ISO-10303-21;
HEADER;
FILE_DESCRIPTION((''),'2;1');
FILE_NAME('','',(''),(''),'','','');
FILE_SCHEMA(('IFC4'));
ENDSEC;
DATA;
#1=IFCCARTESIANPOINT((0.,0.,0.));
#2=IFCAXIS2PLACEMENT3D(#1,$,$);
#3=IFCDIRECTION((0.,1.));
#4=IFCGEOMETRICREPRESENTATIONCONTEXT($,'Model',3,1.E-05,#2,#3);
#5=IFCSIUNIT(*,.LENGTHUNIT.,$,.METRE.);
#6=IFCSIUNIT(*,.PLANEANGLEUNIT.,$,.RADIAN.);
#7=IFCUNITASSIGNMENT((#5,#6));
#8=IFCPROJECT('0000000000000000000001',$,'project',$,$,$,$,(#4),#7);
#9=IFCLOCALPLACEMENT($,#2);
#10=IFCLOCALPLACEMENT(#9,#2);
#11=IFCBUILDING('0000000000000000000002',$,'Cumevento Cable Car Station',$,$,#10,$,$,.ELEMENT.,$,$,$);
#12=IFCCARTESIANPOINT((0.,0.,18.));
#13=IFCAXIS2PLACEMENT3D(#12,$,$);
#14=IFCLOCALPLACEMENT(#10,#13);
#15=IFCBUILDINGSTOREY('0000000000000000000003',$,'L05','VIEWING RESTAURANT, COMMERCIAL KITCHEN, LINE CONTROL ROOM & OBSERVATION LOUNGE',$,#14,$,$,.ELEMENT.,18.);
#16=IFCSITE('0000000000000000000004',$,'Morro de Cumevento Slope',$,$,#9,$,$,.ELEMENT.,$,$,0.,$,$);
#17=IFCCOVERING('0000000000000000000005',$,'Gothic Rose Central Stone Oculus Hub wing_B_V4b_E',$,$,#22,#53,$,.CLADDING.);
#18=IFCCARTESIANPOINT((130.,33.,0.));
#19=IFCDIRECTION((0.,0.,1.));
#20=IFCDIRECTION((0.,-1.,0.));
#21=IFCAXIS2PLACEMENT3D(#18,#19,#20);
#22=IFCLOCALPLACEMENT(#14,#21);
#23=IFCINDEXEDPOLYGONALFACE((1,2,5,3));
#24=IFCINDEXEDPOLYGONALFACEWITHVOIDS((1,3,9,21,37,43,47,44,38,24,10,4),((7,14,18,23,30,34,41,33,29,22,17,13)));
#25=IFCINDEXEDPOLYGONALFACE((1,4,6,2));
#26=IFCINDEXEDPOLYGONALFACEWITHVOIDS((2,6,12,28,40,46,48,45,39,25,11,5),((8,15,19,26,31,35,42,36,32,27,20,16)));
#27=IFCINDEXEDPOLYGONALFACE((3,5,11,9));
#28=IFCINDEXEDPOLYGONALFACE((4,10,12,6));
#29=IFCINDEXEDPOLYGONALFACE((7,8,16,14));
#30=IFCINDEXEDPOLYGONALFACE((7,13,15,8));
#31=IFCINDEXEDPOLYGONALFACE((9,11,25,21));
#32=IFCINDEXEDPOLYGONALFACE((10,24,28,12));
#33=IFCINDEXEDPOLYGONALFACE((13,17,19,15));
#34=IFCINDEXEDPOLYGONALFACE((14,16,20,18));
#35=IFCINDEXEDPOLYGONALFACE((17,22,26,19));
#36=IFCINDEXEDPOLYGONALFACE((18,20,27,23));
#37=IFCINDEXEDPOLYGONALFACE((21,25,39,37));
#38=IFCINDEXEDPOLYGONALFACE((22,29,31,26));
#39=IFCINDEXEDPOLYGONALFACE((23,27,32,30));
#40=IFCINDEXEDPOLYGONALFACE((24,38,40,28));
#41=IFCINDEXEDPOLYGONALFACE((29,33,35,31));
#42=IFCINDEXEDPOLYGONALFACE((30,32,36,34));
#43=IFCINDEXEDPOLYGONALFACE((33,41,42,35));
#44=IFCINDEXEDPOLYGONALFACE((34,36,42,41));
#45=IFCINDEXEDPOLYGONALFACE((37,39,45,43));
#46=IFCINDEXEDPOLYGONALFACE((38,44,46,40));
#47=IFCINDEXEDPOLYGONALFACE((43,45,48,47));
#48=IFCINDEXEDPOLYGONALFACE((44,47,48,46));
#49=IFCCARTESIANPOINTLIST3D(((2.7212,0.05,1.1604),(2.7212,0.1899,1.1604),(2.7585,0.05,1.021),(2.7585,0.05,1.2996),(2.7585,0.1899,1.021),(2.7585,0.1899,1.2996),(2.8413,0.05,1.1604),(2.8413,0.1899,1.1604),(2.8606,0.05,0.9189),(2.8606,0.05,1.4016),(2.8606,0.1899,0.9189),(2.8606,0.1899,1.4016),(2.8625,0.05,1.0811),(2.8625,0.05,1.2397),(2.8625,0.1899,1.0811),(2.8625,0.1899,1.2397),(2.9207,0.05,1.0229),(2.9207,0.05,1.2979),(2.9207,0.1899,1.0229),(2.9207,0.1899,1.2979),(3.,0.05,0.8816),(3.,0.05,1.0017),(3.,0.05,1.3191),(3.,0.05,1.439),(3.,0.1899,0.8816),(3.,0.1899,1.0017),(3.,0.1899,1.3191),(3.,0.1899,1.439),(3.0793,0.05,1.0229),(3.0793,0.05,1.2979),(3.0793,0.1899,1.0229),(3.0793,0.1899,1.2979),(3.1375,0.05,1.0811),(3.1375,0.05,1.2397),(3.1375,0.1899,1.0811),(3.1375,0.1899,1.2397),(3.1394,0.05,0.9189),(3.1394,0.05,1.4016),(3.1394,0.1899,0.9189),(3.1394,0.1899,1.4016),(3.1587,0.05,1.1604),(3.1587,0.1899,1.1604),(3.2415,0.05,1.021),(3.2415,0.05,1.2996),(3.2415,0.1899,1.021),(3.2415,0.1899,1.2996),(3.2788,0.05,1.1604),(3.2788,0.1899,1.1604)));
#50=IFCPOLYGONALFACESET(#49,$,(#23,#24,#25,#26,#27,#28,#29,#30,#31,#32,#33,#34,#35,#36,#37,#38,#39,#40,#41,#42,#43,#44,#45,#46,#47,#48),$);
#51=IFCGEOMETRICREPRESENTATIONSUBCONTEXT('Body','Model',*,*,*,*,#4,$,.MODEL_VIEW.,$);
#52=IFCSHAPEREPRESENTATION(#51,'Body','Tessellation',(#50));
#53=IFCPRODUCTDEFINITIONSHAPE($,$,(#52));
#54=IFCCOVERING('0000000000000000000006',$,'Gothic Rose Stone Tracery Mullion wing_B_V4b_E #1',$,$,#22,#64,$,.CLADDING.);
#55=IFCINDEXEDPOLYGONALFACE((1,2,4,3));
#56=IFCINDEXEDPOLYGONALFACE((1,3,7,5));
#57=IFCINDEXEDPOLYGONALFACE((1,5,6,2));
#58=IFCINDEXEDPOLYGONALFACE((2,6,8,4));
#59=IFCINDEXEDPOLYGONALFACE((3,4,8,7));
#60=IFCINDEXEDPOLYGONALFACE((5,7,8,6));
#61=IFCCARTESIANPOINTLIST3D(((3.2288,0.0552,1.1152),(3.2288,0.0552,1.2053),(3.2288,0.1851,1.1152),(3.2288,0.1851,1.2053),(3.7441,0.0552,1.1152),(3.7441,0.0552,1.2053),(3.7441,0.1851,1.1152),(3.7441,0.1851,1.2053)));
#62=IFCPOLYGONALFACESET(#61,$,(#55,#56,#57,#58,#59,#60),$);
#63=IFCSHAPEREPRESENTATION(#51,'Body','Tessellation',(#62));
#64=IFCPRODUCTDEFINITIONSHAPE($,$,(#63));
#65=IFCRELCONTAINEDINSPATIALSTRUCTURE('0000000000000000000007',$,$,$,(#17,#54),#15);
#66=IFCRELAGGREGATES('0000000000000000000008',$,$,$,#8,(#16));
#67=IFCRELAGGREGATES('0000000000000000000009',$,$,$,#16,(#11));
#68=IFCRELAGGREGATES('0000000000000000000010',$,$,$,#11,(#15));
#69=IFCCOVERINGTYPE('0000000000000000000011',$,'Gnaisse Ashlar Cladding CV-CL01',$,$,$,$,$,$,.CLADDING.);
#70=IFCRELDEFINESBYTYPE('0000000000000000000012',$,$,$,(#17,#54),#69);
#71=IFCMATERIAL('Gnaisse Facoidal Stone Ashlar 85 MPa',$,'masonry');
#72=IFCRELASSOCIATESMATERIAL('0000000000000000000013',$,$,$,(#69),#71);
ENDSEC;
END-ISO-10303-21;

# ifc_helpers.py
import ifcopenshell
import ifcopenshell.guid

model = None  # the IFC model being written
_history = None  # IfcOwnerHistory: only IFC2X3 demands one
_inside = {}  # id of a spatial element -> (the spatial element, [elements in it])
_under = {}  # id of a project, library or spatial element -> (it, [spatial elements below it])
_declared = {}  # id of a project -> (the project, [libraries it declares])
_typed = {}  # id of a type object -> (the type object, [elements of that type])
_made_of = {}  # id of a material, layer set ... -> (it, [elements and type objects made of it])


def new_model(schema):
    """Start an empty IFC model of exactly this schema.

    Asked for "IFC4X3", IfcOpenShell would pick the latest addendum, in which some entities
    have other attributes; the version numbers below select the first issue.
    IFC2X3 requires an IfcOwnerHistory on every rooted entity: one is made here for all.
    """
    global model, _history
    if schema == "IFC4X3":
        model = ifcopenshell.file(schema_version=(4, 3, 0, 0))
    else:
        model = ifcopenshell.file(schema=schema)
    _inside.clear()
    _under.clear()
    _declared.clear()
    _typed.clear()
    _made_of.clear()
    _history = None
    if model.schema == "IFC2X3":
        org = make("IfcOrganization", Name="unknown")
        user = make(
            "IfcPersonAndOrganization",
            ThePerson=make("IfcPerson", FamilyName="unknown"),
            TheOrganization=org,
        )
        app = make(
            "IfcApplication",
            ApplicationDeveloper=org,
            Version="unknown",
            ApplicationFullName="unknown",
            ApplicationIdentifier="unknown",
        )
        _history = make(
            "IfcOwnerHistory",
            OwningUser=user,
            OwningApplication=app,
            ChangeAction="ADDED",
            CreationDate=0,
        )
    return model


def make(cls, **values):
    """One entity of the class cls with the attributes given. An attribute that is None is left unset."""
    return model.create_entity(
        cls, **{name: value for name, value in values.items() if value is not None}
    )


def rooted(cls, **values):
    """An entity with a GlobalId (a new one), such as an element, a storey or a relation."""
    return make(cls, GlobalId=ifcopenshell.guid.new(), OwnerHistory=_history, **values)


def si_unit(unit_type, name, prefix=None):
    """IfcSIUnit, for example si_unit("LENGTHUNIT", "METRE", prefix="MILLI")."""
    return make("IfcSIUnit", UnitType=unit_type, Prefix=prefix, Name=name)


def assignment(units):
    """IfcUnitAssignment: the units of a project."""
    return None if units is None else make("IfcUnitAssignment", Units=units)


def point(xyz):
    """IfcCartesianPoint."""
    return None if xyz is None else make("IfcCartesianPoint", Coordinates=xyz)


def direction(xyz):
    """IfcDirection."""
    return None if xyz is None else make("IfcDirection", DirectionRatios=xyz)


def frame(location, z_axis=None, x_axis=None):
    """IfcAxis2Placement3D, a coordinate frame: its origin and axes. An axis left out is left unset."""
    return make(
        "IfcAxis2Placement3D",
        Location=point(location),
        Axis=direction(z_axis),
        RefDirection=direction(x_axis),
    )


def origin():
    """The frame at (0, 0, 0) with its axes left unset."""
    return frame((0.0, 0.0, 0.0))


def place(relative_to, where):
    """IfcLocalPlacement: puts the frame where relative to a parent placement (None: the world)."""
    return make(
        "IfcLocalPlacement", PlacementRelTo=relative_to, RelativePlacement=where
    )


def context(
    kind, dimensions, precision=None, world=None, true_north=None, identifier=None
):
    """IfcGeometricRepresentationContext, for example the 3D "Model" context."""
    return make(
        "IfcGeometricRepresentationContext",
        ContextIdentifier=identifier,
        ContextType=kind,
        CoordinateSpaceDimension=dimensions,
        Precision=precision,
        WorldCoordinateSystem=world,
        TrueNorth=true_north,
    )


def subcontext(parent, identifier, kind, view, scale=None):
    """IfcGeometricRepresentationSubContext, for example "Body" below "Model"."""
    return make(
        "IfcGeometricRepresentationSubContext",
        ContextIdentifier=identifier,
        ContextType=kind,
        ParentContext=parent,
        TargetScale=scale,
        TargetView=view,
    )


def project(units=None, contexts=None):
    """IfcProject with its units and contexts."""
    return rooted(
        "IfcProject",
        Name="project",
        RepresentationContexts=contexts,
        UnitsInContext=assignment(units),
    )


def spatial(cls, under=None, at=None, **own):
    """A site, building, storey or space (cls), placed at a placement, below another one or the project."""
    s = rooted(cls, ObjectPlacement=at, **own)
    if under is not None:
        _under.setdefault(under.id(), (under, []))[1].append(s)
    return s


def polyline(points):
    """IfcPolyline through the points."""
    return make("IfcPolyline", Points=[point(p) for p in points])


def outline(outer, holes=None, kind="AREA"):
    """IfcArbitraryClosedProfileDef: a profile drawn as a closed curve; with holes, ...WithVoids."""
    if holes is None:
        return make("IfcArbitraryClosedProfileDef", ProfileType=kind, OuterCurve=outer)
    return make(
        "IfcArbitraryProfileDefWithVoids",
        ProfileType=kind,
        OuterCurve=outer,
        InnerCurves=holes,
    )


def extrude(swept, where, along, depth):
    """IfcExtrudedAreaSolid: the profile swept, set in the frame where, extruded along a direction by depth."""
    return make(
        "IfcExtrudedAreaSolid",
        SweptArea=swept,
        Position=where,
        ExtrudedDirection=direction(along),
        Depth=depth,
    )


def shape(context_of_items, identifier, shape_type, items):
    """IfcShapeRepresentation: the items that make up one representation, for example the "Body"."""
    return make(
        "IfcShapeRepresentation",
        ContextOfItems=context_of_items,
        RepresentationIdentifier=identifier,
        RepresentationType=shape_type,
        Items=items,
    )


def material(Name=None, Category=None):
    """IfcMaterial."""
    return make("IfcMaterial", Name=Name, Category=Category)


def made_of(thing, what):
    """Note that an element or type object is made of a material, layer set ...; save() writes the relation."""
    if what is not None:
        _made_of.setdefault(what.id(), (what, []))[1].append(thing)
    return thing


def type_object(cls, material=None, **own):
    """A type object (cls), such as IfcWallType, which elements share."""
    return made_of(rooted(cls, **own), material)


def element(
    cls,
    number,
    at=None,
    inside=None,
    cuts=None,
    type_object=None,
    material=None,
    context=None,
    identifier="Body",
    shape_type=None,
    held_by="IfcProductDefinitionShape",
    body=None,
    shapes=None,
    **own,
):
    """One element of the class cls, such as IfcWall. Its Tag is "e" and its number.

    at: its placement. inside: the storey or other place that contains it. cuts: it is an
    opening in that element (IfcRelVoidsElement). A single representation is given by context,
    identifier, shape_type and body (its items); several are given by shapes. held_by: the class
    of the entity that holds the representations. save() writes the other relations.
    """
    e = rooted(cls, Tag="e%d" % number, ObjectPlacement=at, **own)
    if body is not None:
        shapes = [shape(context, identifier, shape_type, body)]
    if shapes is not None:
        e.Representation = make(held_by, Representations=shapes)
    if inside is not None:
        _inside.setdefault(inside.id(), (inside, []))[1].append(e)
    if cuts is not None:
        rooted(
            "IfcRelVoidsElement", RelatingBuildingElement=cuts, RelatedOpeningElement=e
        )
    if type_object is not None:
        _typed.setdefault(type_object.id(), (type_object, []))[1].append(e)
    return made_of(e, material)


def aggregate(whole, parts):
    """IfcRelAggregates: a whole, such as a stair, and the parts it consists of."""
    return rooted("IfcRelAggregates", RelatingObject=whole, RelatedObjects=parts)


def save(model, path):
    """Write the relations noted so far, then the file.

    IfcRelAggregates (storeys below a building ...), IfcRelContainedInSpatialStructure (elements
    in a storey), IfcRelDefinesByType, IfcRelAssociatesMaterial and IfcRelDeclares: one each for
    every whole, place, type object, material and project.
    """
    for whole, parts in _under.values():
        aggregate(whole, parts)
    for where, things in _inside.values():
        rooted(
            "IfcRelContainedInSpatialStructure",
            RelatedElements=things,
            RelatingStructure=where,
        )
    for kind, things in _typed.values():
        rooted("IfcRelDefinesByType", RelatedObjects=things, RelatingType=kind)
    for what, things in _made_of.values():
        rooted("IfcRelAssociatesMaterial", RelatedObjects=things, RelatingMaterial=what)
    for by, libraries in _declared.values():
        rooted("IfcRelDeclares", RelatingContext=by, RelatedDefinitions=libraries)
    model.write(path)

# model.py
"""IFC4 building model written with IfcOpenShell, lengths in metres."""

from ifc_helpers import new_model, si_unit, direction, frame, origin, place, context, subcontext, project, spatial, polyline, outline, extrude, material, type_object, element, save


model = new_model("IFC4")

# Units and contexts
model_context = context("Model", 3, precision=1e-05, world=origin(), true_north=direction((0.0, 1.0)))
body_context = subcontext(model_context, "Body", "Model", "MODEL_VIEW")
ifc_project = project(units=[si_unit("LENGTHUNIT", "METRE"), si_unit("PLANEANGLEUNIT", "RADIAN")], contexts=[model_context])

# Site, building, storey
site_placement = place(None, origin())
site = spatial("IfcSite", under=ifc_project, at=site_placement, Name="Morro de Cumevento Slope", CompositionType="ELEMENT", RefElevation=0.0)
building_placement = place(site_placement, origin())
building = spatial("IfcBuilding", under=site, at=building_placement, Name="Cumevento Cable Car Station", CompositionType="ELEMENT")
storey_placement = place(building_placement, frame((0.0, 0.0, 18.0)))
storey = spatial("IfcBuildingStorey", under=building, at=storey_placement, Name="L05", Description="VIEWING RESTAURANT, COMMERCIAL KITCHEN, LINE CONTROL ROOM & OBSERVATION LOUNGE", CompositionType="ELEMENT", Elevation=18.0)

# Coverings
ifc_material_1 = material(Name="Gnaisse Facoidal Stone Ashlar 85 MPa", Category="masonry")
covering_type_1 = type_object("IfcCoveringType", Name="Gnaisse Ashlar Cladding CV-CL01", PredefinedType="CLADDING", material=ifc_material_1)
placement_1 = place(storey_placement, frame((130.0, 33.0, 0.0), z_axis=(0.0, 0.0, 1.0), x_axis=(0.0, -1.0, 0.0)))
element("IfcCovering", 1, at=placement_1, inside=storey, type_object=covering_type_1, Name="Gothic Rose Central Stone Oculus Hub wing_B_V4b_E", PredefinedType="CLADDING", context=body_context, shape_type="SweptSolid", body=[
    extrude(outline(polyline([(3.2788, 1.1604), (3.2415, 1.2996), (3.1394, 1.4016), (3.0, 1.439), (2.8606, 1.4016), (2.7585, 1.2996), (2.7212, 1.1604), (2.7585, 1.021), (2.8606, 0.9189), (3.0, 0.8816), (3.1394, 0.9189), (3.2415, 1.021), (3.2788, 1.1604)]), holes=[polyline([(3.1587, 1.1604), (3.1375, 1.2397), (3.0793, 1.2979), (3.0, 1.3191), (2.9207, 1.2979), (2.8625, 1.2397), (2.8413, 1.1604), (2.8625, 1.0811), (2.9207, 1.0229), (3.0, 1.0017), (3.0793, 1.0229), (3.1375, 1.0811), (3.1587, 1.1604)])]), frame((0.0, 0.1899, 0.0), z_axis=(0.0, -1.0, 0.0), x_axis=(1.0, 0.0, 0.0)), (0.0, 0.0, 1.0), 0.1399),
])
element("IfcCovering", 2, at=placement_1, inside=storey, type_object=covering_type_1, Name="Gothic Rose Stone Tracery Mullion wing_B_V4b_E #1", PredefinedType="CLADDING", context=body_context, shape_type="SweptSolid", body=[
    extrude(outline(polyline([(3.2288, 1.2053), (3.7441, 1.2053), (3.7441, 1.1152), (3.2288, 1.1152), (3.2288, 1.2053)])), frame((0.0, 0.1851, 0.0), z_axis=(0.0, -1.0, 0.0), x_axis=(1.0, 0.0, 0.0)), (0.0, 0.0, 1.0), 0.1299),
])

save(model, "model.ifc")
